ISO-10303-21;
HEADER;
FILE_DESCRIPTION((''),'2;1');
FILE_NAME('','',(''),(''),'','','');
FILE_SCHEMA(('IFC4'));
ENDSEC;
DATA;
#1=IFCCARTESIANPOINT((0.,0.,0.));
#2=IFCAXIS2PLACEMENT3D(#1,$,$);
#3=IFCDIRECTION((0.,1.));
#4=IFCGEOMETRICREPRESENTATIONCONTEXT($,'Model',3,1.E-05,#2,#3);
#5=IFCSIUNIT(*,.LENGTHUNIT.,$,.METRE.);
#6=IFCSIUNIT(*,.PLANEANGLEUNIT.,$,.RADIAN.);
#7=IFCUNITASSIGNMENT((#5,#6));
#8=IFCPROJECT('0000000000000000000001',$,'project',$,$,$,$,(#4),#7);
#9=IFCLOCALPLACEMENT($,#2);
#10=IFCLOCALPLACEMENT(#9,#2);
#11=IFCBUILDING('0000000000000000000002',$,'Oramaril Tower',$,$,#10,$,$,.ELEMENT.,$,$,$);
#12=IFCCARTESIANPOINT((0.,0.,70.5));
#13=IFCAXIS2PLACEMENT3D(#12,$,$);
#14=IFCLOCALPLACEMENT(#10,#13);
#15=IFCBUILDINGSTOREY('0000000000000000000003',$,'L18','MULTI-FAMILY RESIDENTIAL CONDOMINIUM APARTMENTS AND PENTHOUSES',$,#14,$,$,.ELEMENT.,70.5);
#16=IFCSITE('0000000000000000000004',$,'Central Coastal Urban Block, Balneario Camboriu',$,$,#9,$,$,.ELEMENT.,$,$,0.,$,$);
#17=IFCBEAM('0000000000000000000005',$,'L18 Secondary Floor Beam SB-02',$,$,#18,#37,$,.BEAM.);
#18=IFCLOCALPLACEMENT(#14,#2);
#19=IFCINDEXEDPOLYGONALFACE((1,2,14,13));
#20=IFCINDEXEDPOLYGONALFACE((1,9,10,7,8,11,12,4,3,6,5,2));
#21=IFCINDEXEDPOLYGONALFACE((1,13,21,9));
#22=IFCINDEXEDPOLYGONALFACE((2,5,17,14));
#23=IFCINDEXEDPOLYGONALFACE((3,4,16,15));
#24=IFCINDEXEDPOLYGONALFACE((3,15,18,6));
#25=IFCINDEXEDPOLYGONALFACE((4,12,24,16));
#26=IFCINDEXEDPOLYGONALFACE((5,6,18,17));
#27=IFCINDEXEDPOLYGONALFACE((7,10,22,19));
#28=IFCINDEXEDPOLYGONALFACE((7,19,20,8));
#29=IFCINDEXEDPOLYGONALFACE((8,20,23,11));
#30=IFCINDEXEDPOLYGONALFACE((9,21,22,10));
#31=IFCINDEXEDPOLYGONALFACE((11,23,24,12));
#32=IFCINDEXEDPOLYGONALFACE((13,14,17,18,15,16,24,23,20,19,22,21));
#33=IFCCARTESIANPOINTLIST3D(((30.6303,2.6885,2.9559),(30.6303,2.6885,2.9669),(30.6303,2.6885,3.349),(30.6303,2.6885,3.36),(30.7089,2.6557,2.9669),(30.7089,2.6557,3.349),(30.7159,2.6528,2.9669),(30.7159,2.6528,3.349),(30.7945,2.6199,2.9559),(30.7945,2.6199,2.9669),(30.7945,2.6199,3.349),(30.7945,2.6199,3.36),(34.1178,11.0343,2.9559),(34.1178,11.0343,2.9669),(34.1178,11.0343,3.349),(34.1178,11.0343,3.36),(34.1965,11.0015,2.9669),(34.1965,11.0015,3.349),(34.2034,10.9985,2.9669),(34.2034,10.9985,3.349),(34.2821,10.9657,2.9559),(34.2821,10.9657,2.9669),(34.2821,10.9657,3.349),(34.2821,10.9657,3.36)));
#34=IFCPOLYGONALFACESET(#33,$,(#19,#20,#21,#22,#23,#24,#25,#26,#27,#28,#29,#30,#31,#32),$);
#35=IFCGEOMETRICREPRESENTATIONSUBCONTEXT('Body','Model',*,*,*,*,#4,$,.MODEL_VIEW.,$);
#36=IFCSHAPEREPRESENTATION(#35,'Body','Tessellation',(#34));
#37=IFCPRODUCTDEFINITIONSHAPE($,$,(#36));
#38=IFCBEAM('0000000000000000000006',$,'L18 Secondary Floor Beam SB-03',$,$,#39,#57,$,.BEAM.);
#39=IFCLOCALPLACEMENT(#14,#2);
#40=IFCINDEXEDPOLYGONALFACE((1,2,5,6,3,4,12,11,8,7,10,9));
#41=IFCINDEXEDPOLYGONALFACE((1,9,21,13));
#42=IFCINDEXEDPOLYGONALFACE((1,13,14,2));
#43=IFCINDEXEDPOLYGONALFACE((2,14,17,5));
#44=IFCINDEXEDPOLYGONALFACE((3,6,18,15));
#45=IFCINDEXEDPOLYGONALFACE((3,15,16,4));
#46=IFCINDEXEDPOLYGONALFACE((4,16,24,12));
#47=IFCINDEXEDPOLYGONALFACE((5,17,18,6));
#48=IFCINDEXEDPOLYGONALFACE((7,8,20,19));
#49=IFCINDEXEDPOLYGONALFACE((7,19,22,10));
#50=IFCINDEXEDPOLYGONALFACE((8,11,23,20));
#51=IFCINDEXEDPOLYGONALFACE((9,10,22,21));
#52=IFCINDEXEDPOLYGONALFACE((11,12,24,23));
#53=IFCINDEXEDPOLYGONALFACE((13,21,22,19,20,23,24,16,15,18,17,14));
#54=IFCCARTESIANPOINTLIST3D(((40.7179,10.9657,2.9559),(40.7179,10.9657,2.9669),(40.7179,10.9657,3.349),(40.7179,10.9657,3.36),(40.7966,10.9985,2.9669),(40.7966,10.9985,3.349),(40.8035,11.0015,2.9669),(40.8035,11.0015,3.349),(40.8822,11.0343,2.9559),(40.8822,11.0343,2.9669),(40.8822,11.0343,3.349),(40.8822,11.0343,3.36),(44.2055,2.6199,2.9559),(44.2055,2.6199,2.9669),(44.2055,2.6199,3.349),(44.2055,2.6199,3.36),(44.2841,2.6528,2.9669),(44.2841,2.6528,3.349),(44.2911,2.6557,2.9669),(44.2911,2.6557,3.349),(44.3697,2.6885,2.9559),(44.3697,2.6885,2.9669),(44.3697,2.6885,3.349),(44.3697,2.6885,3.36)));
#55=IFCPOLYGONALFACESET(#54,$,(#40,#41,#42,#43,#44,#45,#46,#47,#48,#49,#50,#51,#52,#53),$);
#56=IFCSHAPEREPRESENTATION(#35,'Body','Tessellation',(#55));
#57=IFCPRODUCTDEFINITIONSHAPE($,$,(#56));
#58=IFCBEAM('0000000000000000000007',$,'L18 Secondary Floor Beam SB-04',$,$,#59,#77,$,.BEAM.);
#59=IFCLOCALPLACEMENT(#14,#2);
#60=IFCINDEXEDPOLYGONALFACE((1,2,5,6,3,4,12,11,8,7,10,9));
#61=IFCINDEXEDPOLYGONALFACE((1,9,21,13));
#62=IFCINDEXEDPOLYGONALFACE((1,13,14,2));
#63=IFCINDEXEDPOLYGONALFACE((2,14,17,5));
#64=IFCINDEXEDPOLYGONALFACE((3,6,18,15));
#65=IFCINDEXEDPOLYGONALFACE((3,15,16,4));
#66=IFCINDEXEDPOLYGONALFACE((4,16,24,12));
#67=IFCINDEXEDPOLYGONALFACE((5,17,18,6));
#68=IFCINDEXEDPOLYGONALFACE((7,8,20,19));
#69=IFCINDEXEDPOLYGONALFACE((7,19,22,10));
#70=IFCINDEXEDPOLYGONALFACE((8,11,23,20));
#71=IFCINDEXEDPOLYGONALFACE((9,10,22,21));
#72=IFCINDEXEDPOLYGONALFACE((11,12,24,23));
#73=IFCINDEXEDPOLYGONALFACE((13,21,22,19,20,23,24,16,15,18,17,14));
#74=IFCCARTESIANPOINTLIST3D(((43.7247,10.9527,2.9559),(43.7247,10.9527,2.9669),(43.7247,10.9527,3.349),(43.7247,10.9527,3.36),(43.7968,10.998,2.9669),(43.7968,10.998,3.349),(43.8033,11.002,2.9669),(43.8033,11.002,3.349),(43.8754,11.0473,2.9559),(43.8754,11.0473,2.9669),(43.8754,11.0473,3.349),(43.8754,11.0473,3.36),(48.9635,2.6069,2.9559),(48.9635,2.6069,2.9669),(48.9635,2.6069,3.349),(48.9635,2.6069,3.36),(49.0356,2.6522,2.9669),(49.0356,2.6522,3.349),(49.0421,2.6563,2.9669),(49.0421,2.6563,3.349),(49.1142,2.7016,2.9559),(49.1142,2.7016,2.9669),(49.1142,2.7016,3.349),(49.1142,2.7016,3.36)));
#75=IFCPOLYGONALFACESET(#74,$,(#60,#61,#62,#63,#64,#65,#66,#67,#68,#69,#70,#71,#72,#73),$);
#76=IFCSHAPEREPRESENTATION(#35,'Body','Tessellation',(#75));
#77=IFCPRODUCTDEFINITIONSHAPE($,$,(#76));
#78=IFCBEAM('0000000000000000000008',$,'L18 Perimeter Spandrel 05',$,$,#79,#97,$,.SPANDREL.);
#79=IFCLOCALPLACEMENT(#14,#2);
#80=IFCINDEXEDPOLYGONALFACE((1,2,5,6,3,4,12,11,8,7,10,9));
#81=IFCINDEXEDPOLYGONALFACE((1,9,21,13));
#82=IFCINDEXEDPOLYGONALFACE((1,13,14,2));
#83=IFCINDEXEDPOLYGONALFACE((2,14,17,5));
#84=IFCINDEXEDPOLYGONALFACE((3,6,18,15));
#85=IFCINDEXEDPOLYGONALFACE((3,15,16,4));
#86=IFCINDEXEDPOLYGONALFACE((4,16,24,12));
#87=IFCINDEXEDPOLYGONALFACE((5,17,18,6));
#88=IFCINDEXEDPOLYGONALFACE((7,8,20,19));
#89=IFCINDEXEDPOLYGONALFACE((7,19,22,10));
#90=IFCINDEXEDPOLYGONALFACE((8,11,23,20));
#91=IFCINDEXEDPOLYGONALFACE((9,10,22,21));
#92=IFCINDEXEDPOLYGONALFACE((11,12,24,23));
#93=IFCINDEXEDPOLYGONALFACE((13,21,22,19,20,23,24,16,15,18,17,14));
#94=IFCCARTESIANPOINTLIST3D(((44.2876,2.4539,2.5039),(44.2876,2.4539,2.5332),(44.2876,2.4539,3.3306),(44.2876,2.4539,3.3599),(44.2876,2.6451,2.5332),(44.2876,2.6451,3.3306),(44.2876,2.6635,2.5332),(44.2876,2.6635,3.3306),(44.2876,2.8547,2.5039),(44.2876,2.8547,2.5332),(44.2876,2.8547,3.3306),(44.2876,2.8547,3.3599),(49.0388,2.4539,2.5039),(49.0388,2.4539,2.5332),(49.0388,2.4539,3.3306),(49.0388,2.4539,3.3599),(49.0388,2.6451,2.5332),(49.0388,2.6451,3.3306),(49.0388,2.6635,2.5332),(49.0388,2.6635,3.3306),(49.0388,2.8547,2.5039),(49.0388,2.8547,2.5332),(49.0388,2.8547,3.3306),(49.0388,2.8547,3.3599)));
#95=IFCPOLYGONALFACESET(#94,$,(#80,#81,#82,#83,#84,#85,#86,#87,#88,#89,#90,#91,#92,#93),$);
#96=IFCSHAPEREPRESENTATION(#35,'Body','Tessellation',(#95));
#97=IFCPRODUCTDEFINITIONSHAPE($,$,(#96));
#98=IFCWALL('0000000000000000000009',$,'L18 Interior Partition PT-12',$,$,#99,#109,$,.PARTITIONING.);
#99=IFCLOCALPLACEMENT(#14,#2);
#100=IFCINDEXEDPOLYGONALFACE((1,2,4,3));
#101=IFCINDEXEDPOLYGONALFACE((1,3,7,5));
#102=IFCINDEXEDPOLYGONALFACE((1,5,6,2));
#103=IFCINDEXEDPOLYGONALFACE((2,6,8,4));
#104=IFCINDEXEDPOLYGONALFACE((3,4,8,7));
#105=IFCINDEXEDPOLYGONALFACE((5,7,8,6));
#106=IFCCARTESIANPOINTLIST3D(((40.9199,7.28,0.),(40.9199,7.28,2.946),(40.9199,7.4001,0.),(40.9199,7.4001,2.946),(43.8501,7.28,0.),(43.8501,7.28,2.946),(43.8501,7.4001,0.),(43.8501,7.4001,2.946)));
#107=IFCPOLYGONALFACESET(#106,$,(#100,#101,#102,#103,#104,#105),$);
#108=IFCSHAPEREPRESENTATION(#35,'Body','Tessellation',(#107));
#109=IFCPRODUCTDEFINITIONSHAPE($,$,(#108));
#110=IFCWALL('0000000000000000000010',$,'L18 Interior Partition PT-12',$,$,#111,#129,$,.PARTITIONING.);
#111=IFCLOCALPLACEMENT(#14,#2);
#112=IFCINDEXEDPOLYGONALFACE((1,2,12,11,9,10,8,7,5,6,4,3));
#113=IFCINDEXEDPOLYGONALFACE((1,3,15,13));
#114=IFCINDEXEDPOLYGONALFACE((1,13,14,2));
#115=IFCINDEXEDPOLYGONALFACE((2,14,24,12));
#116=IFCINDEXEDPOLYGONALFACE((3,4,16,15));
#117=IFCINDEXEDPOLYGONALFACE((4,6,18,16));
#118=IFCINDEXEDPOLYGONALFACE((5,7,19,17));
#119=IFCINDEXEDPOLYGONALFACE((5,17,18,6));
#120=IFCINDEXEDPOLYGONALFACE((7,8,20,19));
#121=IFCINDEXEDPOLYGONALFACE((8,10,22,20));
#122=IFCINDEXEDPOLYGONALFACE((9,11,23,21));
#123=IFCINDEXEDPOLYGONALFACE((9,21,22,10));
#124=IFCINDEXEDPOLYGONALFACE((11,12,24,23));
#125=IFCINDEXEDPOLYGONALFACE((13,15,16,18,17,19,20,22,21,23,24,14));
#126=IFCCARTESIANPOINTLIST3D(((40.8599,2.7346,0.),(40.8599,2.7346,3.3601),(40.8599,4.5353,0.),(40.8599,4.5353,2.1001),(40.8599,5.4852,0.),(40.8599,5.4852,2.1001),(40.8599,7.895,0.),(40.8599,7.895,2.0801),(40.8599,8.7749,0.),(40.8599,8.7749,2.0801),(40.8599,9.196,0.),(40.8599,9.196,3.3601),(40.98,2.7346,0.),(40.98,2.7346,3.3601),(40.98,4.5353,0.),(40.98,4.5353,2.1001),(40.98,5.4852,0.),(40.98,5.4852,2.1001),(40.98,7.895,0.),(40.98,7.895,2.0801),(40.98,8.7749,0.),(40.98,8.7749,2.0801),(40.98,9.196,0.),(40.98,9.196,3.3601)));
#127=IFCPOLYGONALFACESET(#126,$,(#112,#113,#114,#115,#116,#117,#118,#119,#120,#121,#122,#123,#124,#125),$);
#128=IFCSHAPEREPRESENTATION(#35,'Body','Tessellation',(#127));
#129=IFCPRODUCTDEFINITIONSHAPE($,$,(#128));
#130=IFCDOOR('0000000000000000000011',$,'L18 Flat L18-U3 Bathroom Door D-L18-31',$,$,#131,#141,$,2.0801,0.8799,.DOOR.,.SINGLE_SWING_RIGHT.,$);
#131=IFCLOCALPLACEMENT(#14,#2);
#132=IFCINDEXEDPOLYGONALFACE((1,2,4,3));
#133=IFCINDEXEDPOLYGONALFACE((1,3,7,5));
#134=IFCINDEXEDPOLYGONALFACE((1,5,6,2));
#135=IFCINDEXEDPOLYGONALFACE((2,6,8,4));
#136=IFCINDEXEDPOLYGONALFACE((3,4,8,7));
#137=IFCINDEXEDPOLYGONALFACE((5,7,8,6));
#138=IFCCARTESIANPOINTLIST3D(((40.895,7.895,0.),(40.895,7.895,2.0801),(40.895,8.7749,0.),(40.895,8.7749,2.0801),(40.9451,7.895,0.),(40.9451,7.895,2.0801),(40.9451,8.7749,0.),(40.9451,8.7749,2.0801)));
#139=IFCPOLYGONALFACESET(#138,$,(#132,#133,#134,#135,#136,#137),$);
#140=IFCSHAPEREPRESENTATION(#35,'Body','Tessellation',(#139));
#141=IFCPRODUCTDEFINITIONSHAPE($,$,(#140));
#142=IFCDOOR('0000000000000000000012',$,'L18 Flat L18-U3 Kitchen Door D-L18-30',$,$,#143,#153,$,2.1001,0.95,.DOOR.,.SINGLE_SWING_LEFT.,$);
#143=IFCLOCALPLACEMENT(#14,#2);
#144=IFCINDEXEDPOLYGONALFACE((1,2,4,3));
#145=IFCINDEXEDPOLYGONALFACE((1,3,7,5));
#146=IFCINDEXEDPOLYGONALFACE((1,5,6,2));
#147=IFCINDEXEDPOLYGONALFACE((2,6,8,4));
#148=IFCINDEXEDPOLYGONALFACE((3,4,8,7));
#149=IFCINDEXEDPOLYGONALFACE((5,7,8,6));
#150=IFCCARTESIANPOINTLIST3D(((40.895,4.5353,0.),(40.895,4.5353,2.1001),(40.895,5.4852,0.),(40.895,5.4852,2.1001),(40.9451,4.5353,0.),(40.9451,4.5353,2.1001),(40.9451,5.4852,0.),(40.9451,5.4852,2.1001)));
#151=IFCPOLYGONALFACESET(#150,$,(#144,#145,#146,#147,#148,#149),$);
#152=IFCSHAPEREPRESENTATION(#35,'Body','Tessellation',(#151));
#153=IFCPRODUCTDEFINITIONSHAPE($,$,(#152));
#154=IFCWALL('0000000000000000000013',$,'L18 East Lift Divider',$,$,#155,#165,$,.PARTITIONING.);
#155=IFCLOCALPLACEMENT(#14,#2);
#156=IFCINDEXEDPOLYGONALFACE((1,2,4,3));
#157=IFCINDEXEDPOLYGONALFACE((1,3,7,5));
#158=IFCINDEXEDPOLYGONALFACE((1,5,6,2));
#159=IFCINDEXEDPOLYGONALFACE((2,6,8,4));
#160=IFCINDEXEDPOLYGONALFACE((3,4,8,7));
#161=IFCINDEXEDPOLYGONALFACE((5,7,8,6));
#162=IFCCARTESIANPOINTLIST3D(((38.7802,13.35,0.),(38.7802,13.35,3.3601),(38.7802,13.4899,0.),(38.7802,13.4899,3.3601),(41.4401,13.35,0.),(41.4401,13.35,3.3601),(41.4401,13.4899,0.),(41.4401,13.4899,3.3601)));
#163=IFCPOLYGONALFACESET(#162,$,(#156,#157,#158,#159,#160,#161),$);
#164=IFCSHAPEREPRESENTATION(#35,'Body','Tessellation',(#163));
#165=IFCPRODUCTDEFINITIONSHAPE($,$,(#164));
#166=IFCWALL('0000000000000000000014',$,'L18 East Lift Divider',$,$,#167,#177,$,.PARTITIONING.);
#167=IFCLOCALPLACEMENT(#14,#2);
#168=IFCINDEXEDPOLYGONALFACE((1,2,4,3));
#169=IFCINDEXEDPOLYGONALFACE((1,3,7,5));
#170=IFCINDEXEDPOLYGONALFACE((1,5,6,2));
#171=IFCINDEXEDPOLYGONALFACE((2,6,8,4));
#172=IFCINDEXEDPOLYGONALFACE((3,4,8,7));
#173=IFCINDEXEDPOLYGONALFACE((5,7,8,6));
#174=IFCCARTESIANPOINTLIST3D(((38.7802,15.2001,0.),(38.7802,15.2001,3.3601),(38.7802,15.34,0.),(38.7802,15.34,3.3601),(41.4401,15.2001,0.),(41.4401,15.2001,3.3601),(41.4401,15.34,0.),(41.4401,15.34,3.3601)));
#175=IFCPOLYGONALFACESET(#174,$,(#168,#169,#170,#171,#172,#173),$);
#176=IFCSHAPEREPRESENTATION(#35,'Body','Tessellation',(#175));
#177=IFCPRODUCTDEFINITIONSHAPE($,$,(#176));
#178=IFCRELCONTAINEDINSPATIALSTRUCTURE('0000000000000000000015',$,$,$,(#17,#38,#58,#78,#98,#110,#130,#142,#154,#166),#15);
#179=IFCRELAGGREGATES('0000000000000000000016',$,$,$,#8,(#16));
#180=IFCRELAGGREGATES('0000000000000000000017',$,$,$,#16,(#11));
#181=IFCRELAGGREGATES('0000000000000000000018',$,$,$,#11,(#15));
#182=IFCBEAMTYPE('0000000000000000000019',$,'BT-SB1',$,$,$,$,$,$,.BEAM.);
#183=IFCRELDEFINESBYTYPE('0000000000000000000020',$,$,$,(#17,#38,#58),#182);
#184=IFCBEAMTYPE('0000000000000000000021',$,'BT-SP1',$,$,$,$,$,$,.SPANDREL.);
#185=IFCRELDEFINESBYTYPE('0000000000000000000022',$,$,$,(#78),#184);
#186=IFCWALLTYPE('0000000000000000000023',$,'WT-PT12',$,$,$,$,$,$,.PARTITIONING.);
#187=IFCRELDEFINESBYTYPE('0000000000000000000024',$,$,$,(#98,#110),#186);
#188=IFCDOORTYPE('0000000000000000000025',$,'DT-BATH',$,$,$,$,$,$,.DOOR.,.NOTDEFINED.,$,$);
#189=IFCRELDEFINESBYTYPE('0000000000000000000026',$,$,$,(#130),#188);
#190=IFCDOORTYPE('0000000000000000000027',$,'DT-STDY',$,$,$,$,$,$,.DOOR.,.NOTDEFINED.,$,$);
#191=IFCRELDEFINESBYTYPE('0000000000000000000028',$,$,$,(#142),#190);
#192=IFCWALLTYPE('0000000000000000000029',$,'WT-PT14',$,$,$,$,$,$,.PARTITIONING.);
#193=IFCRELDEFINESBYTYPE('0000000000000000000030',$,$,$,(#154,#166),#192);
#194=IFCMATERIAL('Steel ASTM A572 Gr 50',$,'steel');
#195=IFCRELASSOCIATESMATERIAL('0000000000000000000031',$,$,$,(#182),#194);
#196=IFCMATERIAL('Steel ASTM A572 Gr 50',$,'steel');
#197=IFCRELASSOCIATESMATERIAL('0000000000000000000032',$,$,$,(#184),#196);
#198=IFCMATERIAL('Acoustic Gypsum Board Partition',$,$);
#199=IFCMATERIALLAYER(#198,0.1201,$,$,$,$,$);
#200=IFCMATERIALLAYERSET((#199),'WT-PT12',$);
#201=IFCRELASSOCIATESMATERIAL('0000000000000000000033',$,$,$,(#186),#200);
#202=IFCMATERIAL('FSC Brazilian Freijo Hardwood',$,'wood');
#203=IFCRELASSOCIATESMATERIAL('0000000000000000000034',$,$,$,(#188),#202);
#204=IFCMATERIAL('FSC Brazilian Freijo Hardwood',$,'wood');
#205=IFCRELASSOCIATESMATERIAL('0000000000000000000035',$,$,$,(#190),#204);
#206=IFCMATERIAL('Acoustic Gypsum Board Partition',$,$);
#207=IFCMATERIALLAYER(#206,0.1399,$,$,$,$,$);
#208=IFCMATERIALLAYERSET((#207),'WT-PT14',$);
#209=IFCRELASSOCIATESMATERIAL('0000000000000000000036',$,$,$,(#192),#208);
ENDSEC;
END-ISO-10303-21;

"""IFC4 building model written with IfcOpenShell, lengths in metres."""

from ifc_helpers import new_model, si_unit, direction, frame, frame_2d, origin, origin_2d, place, context, subcontext, project, spatial, rectangle, i_section, extrude, material, layer, layer_set, material_profile, profile_set, type_object, element, fill, save


model = new_model("IFC4")

# Units and contexts
model_context = context("Model", 3, precision=1e-05, world=origin(), true_north=direction((0.0, 1.0)))
body_context = subcontext(model_context, "Body", "Model", "MODEL_VIEW")
ifc_project = project(units=[si_unit("LENGTHUNIT", "METRE"), si_unit("PLANEANGLEUNIT", "RADIAN")], contexts=[model_context])

# Site, building, storey
site_placement = place(None, origin())
site = spatial("IfcSite", under=ifc_project, at=site_placement, Name="Central Coastal Urban Block, Balneario Camboriu", CompositionType="ELEMENT", RefElevation=0.0)
building_placement = place(site_placement, origin())
building = spatial("IfcBuilding", under=site, at=building_placement, Name="Oramaril Tower", CompositionType="ELEMENT")
storey_placement = place(building_placement, frame((0.0, 0.0, 70.5)))
storey = spatial("IfcBuildingStorey", under=building, at=storey_placement, Name="L18", Description="MULTI-FAMILY RESIDENTIAL CONDOMINIUM APARTMENTS AND PENTHOUSES", CompositionType="ELEMENT", Elevation=70.5)

# Beams
ifc_material_1 = material(Name="Steel ASTM A572 Gr 50", Category="steel")
ifc_material_profile_1 = material_profile(ifc_material_1, i_section(OverallWidth=0.178, OverallDepth=0.4041, WebThickness=0.0076, FlangeThickness=0.011, at=origin_2d()), Name="W16X36")
ifc_profile_set_1 = profile_set([ifc_material_profile_1], Name="Steel ASTM A572 Gr 50")
beam_type_1 = type_object("IfcBeamType", Name="BT-SB1", PredefinedType="BEAM", material=ifc_profile_set_1)
for number, where, z_axis, x_axis, name in (
    (1, (34.2, 11.0, 3.158), (-0.385573, -0.922677, 0.0), (0.922677, -0.385573, 0.0), "L18 Secondary Floor Beam SB-02"),
    (2, (40.8, 11.0, 3.158), (0.385573, -0.922677, 0.0), (0.922677, 0.385573, 0.0), "L18 Secondary Floor Beam SB-03"),
):
    element("IfcBeam", number, at=place(storey_placement, frame(where, z_axis=z_axis, x_axis=x_axis)), inside=storey, type_object=beam_type_1, Name=name, PredefinedType="BEAM", context=body_context, shape_type="SweptSolid", body=[
        extrude(i_section(OverallWidth=0.178, OverallDepth=0.4041, WebThickness=0.0076, FlangeThickness=0.011, at=origin_2d()), origin(), (0.0, 0.0, 1.0), 9.0452),
    ])
beam_1_placement = place(storey_placement, frame((43.8, 11.0, 3.158), z_axis=(0.531655, -0.846961, 0.0), x_axis=(0.846961, 0.531655, 0.0)))
element("IfcBeam", 3, at=beam_1_placement, inside=storey, type_object=beam_type_1, Name="L18 Secondary Floor Beam SB-04", PredefinedType="BEAM", context=body_context, shape_type="SweptSolid", body=[
    extrude(i_section(OverallWidth=0.178, OverallDepth=0.4041, WebThickness=0.0076, FlangeThickness=0.011, at=origin_2d()), origin(), (0.0, 0.0, 1.0), 9.8538),
])
ifc_material_2 = material(Name="Steel ASTM A572 Gr 50", Category="steel")
ifc_material_profile_2 = material_profile(ifc_material_2, i_section(OverallWidth=0.4009, OverallDepth=0.856, WebThickness=0.0183, FlangeThickness=0.0293, at=origin_2d()), Name="W33X201")
ifc_profile_set_2 = profile_set([ifc_material_profile_2], Name="Steel ASTM A572 Gr 50")
beam_type_2 = type_object("IfcBeamType", Name="BT-SP1", PredefinedType="SPANDREL", material=ifc_profile_set_2)
beam_2_placement = place(storey_placement, frame((44.2876, 2.6543, 2.9319), z_axis=(1.0, 0.0, 0.0), x_axis=(0.0, 1.0, 0.0)))
element("IfcBeam", 4, at=beam_2_placement, inside=storey, type_object=beam_type_2, Name="L18 Perimeter Spandrel 05", PredefinedType="SPANDREL", context=body_context, shape_type="SweptSolid", body=[
    extrude(i_section(OverallWidth=0.4009, OverallDepth=0.856, WebThickness=0.0183, FlangeThickness=0.0293, at=origin_2d()), origin(), (0.0, 0.0, 1.0), 4.7512),
])

# Wall
ifc_material_3 = material(Name="Acoustic Gypsum Board Partition")
ifc_layer_1 = layer(ifc_material_3, 0.1201)
ifc_layer_set_1 = layer_set([ifc_layer_1], Name="WT-PT12")
wall_type_1 = type_object("IfcWallType", Name="WT-PT12", PredefinedType="PARTITIONING", material=ifc_layer_set_1)
wall_1_placement = place(storey_placement, frame((40.9199, 7.3401, 0.0), z_axis=(0.0, 0.0, 1.0), x_axis=(1.0, 0.0, 0.0)))
element("IfcWall", 5, at=wall_1_placement, inside=storey, type_object=wall_type_1, Name="L18 Interior Partition PT-12", PredefinedType="PARTITIONING", context=body_context, shape_type="SweptSolid", body=[
    extrude(rectangle(XDim=2.9302, YDim=0.1201, at=frame_2d((1.4651, 0.0))), origin(), (0.0, 0.0, 1.0), 2.946),
])

# Wall, openings, doors
wall_2_placement = place(storey_placement, frame((40.9199, 2.7346, 0.0), z_axis=(0.0, 0.0, 1.0), x_axis=(0.0, 1.0, 0.0)))
wall_2 = element("IfcWall", 6, at=wall_2_placement, inside=storey, type_object=wall_type_1, Name="L18 Interior Partition PT-12", PredefinedType="PARTITIONING", context=body_context, shape_type="SweptSolid", body=[
    extrude(rectangle(XDim=6.4614, YDim=0.1201, at=frame_2d((3.2307, 0.0))), origin(), (0.0, 0.0, 1.0), 3.3601),
])
opening_1_placement = place(wall_2_placement, frame((1.8005, 0.0, 0.0)))
opening_1 = element("IfcOpeningElement", 7, at=opening_1_placement, cuts=wall_2, PredefinedType="OPENING", context=body_context, shape_type="SweptSolid", body=[
    extrude(rectangle(XDim=0.95, YDim=2.1001, at=frame_2d((0.4751, 1.05))), frame((0.0, 0.0601, 0.0), z_axis=(0.0, -1.0, 0.0), x_axis=(1.0, 0.0, 0.0)), (0.0, 0.0, 1.0), 0.1201),
])
opening_2_placement = place(wall_2_placement, frame((5.1604, 0.0, 0.0)))
opening_2 = element("IfcOpeningElement", 8, at=opening_2_placement, cuts=wall_2, PredefinedType="OPENING", context=body_context, shape_type="SweptSolid", body=[
    extrude(rectangle(XDim=0.8799, YDim=2.0801, at=frame_2d((0.4399, 1.04))), frame((0.0, 0.0601, 0.0), z_axis=(0.0, -1.0, 0.0), x_axis=(1.0, 0.0, 0.0)), (0.0, 0.0, 1.0), 0.1201),
])
ifc_material_4 = material(Name="FSC Brazilian Freijo Hardwood", Category="wood")
door_type_1 = type_object("IfcDoorType", Name="DT-BATH", OperationType="NOTDEFINED", PredefinedType="DOOR", material=ifc_material_4)
door_1_placement = place(opening_2_placement, origin())
door_1 = element("IfcDoor", 9, at=door_1_placement, inside=storey, type_object=door_type_1, Name="L18 Flat L18-U3 Bathroom Door D-L18-31", OperationType="SINGLE_SWING_RIGHT", OverallHeight=2.0801, OverallWidth=0.8799, PredefinedType="DOOR", context=body_context, shape_type="SweptSolid", body=[
    extrude(rectangle(XDim=0.8799, YDim=2.0801, at=frame_2d((0.4399, 1.04))), frame((0.0, 0.0249, 0.0), z_axis=(0.0, -1.0, 0.0), x_axis=(1.0, 0.0, 0.0)), (0.0, 0.0, 1.0), 0.05),
])
fill(opening_2, door_1)
ifc_material_5 = material(Name="FSC Brazilian Freijo Hardwood", Category="wood")
door_type_2 = type_object("IfcDoorType", Name="DT-STDY", OperationType="NOTDEFINED", PredefinedType="DOOR", material=ifc_material_5)
door_2_placement = place(opening_1_placement, origin())
door_2 = element("IfcDoor", 10, at=door_2_placement, inside=storey, type_object=door_type_2, Name="L18 Flat L18-U3 Kitchen Door D-L18-30", OperationType="SINGLE_SWING_LEFT", OverallHeight=2.1001, OverallWidth=0.95, PredefinedType="DOOR", context=body_context, shape_type="SweptSolid", body=[
    extrude(rectangle(XDim=0.95, YDim=2.1001, at=frame_2d((0.4751, 1.05))), frame((0.0, 0.0249, 0.0), z_axis=(0.0, -1.0, 0.0), x_axis=(1.0, 0.0, 0.0)), (0.0, 0.0, 1.0), 0.05),
])
fill(opening_1, door_2)

# Walls
ifc_material_6 = material(Name="Acoustic Gypsum Board Partition")
ifc_layer_2 = layer(ifc_material_6, 0.1399)
ifc_layer_set_2 = layer_set([ifc_layer_2], Name="WT-PT14")
wall_type_2 = type_object("IfcWallType", Name="WT-PT14", PredefinedType="PARTITIONING", material=ifc_layer_set_2)
for number, where, z_axis, x_axis, name in (
    (11, (38.78, 13.4199, 0.0), (0.0, 0.0, 1.0), (1.0, 0.0, 0.0), "L18 East Lift Divider"),
    (12, (38.78, 15.27, 0.0), (0.0, 0.0, 1.0), (1.0, 0.0, 0.0), "L18 East Lift Divider"),
):
    element("IfcWall", number, at=place(storey_placement, frame(where, z_axis=z_axis, x_axis=x_axis)), inside=storey, type_object=wall_type_2, Name=name, PredefinedType="PARTITIONING", context=body_context, shape_type="SweptSolid", body=[
        extrude(rectangle(XDim=2.6599, YDim=0.1399, at=frame_2d((1.3301, 0.0))), origin(), (0.0, 0.0, 1.0), 3.3601),
    ])

save(model, "model.ifc")
